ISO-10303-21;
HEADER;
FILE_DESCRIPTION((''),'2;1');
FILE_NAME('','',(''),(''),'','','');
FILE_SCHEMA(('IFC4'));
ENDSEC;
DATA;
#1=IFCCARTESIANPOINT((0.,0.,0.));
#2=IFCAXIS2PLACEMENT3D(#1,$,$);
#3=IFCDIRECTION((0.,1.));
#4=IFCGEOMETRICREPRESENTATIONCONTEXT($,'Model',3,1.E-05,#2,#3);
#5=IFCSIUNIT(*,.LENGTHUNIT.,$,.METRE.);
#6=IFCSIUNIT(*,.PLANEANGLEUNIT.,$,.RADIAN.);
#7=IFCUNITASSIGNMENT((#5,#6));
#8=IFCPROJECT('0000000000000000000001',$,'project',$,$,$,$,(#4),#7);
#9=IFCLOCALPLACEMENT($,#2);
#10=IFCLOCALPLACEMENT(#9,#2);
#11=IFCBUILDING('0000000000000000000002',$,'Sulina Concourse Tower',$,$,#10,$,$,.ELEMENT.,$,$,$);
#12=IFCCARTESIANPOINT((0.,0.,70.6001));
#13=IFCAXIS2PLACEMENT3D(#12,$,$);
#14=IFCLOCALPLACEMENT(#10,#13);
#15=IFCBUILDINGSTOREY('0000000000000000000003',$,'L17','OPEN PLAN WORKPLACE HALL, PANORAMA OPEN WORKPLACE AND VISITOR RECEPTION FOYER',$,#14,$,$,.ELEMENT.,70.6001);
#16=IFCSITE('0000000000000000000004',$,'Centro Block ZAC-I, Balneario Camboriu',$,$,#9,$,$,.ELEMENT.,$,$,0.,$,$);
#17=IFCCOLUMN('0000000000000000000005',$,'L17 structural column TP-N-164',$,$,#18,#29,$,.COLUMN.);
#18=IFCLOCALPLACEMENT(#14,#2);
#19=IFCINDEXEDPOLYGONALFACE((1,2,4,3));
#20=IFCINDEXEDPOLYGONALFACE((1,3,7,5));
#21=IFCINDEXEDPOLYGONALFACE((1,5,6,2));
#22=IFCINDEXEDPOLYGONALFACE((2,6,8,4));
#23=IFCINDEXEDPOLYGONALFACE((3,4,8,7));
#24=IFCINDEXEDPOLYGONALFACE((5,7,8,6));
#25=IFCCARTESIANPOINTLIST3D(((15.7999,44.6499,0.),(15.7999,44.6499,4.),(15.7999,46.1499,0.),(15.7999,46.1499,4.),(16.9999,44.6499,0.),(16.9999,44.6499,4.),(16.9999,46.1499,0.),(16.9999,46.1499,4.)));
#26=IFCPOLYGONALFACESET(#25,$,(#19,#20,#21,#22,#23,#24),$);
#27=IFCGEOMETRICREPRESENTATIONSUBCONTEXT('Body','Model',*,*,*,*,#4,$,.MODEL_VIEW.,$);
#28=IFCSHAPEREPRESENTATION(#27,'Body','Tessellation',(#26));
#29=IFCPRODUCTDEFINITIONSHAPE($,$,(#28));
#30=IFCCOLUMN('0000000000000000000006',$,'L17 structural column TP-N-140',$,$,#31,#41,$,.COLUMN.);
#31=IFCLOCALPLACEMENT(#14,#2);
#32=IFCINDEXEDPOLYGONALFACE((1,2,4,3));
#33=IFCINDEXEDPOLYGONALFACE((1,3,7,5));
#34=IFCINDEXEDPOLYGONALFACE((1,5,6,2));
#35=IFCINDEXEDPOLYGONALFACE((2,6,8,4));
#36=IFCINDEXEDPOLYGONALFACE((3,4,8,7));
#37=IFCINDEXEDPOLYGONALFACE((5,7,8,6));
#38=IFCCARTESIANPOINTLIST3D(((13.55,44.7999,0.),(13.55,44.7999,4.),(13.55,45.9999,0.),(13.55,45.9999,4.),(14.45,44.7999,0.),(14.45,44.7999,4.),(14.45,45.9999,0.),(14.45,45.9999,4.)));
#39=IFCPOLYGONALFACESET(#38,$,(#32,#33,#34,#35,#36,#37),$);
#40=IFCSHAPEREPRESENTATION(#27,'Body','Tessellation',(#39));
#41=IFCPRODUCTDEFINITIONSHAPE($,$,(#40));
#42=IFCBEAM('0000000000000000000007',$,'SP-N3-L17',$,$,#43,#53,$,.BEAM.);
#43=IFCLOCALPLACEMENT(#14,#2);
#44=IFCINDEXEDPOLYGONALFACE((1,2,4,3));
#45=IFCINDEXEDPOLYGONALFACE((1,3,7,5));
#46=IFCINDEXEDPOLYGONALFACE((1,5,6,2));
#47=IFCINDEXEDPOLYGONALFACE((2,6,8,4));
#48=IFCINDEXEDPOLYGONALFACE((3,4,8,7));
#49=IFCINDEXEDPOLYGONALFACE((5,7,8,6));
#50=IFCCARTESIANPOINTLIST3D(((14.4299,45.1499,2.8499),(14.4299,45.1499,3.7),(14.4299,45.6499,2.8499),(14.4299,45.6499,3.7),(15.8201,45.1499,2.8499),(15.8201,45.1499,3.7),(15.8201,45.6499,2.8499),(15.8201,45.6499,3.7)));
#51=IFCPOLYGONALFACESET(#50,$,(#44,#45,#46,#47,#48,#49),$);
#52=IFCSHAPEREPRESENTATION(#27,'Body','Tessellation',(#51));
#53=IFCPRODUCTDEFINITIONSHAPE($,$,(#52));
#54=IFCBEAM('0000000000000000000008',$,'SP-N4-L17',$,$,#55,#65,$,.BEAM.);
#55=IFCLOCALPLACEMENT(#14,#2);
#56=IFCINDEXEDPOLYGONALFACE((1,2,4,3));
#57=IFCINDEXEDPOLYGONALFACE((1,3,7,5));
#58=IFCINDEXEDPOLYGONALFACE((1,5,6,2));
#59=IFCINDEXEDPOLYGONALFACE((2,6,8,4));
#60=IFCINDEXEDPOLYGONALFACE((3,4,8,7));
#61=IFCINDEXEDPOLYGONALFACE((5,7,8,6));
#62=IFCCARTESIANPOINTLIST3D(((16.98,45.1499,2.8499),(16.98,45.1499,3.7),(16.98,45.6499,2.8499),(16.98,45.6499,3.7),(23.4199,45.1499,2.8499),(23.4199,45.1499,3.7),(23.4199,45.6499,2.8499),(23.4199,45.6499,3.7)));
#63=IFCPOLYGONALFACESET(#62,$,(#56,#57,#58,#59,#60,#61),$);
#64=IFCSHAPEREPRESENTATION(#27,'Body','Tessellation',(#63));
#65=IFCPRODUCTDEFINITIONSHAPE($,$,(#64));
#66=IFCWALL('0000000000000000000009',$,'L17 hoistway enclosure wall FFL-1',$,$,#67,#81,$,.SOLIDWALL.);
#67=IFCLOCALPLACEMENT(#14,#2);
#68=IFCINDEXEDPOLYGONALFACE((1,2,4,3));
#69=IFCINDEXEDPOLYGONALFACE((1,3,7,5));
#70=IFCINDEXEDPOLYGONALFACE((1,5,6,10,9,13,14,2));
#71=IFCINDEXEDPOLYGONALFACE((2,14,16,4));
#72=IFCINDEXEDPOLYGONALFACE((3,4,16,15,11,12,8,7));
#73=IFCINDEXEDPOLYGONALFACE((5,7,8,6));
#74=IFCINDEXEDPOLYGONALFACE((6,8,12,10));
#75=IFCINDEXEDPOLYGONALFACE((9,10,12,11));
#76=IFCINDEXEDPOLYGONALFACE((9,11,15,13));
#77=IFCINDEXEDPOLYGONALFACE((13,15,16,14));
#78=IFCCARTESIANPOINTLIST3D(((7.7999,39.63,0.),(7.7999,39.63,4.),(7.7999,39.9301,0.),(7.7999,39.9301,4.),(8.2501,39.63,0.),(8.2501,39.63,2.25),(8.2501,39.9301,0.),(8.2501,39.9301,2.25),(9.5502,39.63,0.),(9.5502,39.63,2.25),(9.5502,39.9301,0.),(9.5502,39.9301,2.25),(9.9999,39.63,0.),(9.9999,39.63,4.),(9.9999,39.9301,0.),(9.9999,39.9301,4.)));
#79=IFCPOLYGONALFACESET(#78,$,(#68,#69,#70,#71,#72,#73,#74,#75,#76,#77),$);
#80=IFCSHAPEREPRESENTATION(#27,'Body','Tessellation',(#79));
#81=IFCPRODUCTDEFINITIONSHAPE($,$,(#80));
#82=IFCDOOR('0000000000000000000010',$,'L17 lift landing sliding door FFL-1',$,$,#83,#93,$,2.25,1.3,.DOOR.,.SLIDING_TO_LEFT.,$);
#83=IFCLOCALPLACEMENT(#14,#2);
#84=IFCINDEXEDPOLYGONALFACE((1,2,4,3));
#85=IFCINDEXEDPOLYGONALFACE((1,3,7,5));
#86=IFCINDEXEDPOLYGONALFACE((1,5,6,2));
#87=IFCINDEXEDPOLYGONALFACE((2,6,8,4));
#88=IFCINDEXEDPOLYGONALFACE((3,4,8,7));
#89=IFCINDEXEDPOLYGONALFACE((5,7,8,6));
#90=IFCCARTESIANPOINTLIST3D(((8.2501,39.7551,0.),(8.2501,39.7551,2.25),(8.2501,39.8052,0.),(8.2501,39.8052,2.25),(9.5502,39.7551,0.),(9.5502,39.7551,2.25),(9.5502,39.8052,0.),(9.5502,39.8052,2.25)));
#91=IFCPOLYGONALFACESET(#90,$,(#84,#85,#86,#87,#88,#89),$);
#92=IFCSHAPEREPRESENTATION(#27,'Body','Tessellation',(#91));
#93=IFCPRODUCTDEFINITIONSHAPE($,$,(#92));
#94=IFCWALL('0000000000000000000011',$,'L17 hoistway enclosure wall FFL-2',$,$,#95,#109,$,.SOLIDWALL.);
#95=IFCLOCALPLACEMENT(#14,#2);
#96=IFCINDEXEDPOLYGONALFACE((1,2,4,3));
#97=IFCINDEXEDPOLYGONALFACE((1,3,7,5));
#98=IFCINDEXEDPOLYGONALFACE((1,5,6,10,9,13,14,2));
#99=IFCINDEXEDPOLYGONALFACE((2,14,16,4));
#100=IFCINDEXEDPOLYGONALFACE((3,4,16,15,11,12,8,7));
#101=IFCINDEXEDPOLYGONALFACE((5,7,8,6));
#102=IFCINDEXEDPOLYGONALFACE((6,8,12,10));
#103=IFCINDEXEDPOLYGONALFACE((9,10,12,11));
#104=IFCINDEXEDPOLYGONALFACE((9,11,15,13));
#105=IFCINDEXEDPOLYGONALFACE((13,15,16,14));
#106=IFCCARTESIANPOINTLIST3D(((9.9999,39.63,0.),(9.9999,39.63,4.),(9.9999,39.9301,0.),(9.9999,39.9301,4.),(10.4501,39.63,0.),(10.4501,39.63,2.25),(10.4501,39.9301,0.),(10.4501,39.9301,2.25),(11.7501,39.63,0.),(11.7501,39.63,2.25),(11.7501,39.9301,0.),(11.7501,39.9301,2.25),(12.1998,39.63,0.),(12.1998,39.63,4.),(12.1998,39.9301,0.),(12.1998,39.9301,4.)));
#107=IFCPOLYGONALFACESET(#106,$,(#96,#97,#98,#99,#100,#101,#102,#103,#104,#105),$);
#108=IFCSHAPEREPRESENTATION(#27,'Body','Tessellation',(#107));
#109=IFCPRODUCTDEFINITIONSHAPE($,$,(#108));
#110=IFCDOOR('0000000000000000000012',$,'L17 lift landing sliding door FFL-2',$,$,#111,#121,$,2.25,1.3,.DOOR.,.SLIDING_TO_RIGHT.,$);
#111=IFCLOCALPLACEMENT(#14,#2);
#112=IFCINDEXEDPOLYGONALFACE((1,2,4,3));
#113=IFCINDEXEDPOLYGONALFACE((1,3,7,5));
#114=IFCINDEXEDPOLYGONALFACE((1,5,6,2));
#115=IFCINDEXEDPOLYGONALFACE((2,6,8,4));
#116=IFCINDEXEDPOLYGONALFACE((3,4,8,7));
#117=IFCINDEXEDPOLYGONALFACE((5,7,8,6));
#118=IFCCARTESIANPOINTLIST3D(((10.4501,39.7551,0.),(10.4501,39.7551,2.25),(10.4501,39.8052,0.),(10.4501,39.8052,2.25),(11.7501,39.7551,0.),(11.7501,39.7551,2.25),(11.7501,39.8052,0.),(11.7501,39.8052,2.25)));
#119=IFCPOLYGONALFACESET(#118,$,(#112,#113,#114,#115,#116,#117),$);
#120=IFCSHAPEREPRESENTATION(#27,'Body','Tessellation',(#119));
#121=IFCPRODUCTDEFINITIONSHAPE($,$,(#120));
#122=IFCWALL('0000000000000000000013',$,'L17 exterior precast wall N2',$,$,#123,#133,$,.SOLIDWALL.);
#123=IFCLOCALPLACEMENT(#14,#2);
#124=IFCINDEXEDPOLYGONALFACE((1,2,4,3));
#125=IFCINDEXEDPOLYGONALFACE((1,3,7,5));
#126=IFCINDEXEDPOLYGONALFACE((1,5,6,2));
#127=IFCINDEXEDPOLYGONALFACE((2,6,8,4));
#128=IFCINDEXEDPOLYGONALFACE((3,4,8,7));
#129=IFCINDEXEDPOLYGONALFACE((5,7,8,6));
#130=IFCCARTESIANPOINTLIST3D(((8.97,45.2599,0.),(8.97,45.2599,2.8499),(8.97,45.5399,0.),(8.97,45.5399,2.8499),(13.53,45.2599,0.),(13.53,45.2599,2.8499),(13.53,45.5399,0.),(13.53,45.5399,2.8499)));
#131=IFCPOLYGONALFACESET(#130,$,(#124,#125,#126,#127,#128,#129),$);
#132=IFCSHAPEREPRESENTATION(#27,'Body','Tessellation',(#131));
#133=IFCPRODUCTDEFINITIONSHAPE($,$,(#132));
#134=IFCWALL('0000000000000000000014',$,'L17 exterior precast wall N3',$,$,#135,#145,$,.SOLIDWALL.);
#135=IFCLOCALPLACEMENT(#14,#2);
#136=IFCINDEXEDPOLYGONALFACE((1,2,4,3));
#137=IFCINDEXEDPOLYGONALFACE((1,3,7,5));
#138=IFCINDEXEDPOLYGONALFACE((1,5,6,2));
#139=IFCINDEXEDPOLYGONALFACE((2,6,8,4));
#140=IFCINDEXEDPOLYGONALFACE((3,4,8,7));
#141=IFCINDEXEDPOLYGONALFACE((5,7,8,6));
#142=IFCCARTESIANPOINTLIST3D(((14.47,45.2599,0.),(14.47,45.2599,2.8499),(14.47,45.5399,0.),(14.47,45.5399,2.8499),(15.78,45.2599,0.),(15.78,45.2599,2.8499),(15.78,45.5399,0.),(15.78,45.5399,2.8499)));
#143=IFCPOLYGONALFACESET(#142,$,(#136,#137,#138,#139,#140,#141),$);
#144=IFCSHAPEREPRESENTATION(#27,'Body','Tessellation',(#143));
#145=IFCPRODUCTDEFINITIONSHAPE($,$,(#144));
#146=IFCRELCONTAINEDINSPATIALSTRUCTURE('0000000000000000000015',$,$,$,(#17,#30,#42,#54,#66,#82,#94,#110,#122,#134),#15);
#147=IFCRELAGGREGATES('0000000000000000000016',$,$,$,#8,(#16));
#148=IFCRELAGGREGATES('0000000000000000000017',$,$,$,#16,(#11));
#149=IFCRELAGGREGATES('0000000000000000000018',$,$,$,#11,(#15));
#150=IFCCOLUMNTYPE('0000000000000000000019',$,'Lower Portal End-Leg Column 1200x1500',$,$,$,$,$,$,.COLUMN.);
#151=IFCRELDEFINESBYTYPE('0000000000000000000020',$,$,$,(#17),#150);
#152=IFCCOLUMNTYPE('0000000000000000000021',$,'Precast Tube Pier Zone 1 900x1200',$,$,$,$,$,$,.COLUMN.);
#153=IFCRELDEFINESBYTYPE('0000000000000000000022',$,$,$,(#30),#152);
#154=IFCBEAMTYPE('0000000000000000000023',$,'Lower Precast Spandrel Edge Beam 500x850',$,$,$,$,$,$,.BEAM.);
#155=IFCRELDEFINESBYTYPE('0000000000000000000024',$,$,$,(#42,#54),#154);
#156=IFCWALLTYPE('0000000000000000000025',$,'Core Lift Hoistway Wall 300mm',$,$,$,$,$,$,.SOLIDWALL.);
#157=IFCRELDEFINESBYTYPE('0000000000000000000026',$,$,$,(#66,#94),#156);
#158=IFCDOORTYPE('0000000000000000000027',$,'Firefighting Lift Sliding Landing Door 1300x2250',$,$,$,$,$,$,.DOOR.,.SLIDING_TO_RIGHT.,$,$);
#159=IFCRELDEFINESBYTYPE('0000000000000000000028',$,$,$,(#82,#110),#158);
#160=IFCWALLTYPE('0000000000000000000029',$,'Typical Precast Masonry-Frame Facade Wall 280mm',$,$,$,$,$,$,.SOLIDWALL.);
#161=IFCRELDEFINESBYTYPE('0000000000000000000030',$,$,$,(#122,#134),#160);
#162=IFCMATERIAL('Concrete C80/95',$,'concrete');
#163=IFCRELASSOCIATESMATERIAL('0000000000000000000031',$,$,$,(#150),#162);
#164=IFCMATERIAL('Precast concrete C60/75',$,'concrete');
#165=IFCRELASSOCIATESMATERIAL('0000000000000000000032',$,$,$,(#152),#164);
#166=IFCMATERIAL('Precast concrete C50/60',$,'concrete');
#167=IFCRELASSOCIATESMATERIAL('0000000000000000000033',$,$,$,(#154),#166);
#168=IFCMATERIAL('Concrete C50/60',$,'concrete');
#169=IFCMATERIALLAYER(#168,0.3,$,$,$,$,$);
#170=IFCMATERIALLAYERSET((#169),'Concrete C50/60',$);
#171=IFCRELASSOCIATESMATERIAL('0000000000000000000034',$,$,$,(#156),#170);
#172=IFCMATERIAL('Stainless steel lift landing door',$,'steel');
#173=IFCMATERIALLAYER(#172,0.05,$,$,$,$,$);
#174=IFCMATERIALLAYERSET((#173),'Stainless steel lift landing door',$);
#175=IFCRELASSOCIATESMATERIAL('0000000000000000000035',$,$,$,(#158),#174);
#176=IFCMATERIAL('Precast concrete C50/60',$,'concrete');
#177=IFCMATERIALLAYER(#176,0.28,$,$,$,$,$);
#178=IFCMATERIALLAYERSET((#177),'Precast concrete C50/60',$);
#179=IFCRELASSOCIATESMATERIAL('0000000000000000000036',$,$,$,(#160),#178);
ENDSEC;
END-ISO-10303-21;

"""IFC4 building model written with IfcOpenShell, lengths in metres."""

from ifc_helpers import new_model, si_unit, direction, frame, frame_2d, origin, origin_2d, place, context, subcontext, project, spatial, rectangle, extrude, material, layer, layer_set, material_profile, profile_set, type_object, element, fill, save


model = new_model("IFC4")

# Units and contexts
model_context = context("Model", 3, precision=1e-05, world=origin(), true_north=direction((0.0, 1.0)))
body_context = subcontext(model_context, "Body", "Model", "MODEL_VIEW")
ifc_project = project(units=[si_unit("LENGTHUNIT", "METRE"), si_unit("PLANEANGLEUNIT", "RADIAN")], contexts=[model_context])

# Site, building, storey
site_placement = place(None, origin())
site = spatial("IfcSite", under=ifc_project, at=site_placement, Name="Centro Block ZAC-I, Balneario Camboriu", CompositionType="ELEMENT", RefElevation=0.0)
building_placement = place(site_placement, origin())
building = spatial("IfcBuilding", under=site, at=building_placement, Name="Sulina Concourse Tower", CompositionType="ELEMENT")
storey_placement = place(building_placement, frame((0.0, 0.0, 70.6001)))
storey = spatial("IfcBuildingStorey", under=building, at=storey_placement, Name="L17", Description="OPEN PLAN WORKPLACE HALL, PANORAMA OPEN WORKPLACE AND VISITOR RECEPTION FOYER", CompositionType="ELEMENT", Elevation=70.6001)

# Columns
ifc_material_1 = material(Name="Concrete C80/95", Category="concrete")
ifc_material_profile_1 = material_profile(ifc_material_1, rectangle(XDim=1.2, YDim=1.5, at=origin_2d()), Name="RC 1200x1500")
ifc_profile_set_1 = profile_set([ifc_material_profile_1], Name="Concrete C80/95")
column_type_1 = type_object("IfcColumnType", Name="Lower Portal End-Leg Column 1200x1500", PredefinedType="COLUMN", material=ifc_profile_set_1)
column_1_placement = place(storey_placement, frame((16.3999, 45.3999, 0.0), z_axis=(0.0, 0.0, 1.0), x_axis=(1.0, 0.0, 0.0)))
element("IfcColumn", 1, at=column_1_placement, inside=storey, type_object=column_type_1, Name="L17 structural column TP-N-164", PredefinedType="COLUMN", context=body_context, shape_type="SweptSolid", body=[
    extrude(rectangle(XDim=1.2, YDim=1.5, at=origin_2d()), origin(), (0.0, 0.0, 1.0), 4.0),
])
ifc_material_2 = material(Name="Precast concrete C60/75", Category="concrete")
ifc_material_profile_2 = material_profile(ifc_material_2, rectangle(XDim=0.8999, YDim=1.2, at=origin_2d()), Name="PC 900x1200")
ifc_profile_set_2 = profile_set([ifc_material_profile_2], Name="Precast concrete C60/75")
column_type_2 = type_object("IfcColumnType", Name="Precast Tube Pier Zone 1 900x1200", PredefinedType="COLUMN", material=ifc_profile_set_2)
column_2_placement = place(storey_placement, frame((14.0, 45.3999, 0.0), z_axis=(0.0, 0.0, 1.0), x_axis=(1.0, 0.0, 0.0)))
element("IfcColumn", 2, at=column_2_placement, inside=storey, type_object=column_type_2, Name="L17 structural column TP-N-140", PredefinedType="COLUMN", context=body_context, shape_type="SweptSolid", body=[
    extrude(rectangle(XDim=0.8999, YDim=1.2, at=origin_2d()), origin(), (0.0, 0.0, 1.0), 4.0),
])

# Beams
ifc_material_3 = material(Name="Precast concrete C50/60", Category="concrete")
ifc_material_profile_3 = material_profile(ifc_material_3, rectangle(XDim=0.5, YDim=0.8501, at=origin_2d()), Name="RC 500x850")
ifc_profile_set_3 = profile_set([ifc_material_profile_3], Name="Precast concrete C50/60")
beam_type = type_object("IfcBeamType", Name="Lower Precast Spandrel Edge Beam 500x850", PredefinedType="BEAM", material=ifc_profile_set_3)
beam_1_placement = place(storey_placement, frame((14.4299, 45.3999, 3.2749), z_axis=(1.0, 0.0, 0.0), x_axis=(0.0, 1.0, 0.0)))
element("IfcBeam", 3, at=beam_1_placement, inside=storey, type_object=beam_type, Name="SP-N3-L17", PredefinedType="BEAM", context=body_context, shape_type="SweptSolid", body=[
    extrude(rectangle(XDim=0.5, YDim=0.8501, at=origin_2d()), origin(), (0.0, 0.0, 1.0), 1.3901),
])
beam_2_placement = place(storey_placement, frame((16.98, 45.3999, 3.2749), z_axis=(1.0, 0.0, 0.0), x_axis=(0.0, 1.0, 0.0)))
element("IfcBeam", 4, at=beam_2_placement, inside=storey, type_object=beam_type, Name="SP-N4-L17", PredefinedType="BEAM", context=body_context, shape_type="SweptSolid", body=[
    extrude(rectangle(XDim=0.5, YDim=0.8501, at=origin_2d()), origin(), (0.0, 0.0, 1.0), 6.4399),
])

# Walls, openings, doors
ifc_material_4 = material(Name="Concrete C50/60", Category="concrete")
ifc_layer_1 = layer(ifc_material_4, 0.3)
ifc_layer_set_1 = layer_set([ifc_layer_1], Name="Concrete C50/60")
wall_type_1 = type_object("IfcWallType", Name="Core Lift Hoistway Wall 300mm", PredefinedType="SOLIDWALL", material=ifc_layer_set_1)
wall_1_placement = place(storey_placement, frame((10.0, 39.78, 0.0), z_axis=(0.0, 0.0, 1.0), x_axis=(-1.0, 0.0, 0.0)))
wall_1 = element("IfcWall", 5, at=wall_1_placement, inside=storey, type_object=wall_type_1, Name="L17 hoistway enclosure wall FFL-1", PredefinedType="SOLIDWALL", context=body_context, shape_type="SweptSolid", body=[
    extrude(rectangle(XDim=2.2, YDim=0.3, at=frame_2d((1.1001, 0.0))), origin(), (0.0, 0.0, 1.0), 4.0),
])
opening_1_placement = place(wall_1_placement, frame((0.45, 0.0, 0.0)))
opening_1 = element("IfcOpeningElement", 6, at=opening_1_placement, cuts=wall_1, PredefinedType="OPENING", context=body_context, shape_type="SweptSolid", body=[
    extrude(rectangle(XDim=1.3, YDim=2.25, at=frame_2d((0.6499, 1.125))), frame((0.0, 0.1599, 0.0), z_axis=(0.0, -1.0, 0.0), x_axis=(1.0, 0.0, 0.0)), (0.0, 0.0, 1.0), 0.3201),
])
ifc_material_5 = material(Name="Stainless steel lift landing door", Category="steel")
ifc_layer_2 = layer(ifc_material_5, 0.05)
ifc_layer_set_2 = layer_set([ifc_layer_2], Name="Stainless steel lift landing door")
door_type = type_object("IfcDoorType", Name="Firefighting Lift Sliding Landing Door 1300x2250", OperationType="SLIDING_TO_RIGHT", PredefinedType="DOOR", material=ifc_layer_set_2)
door_1_placement = place(opening_1_placement, origin())
door_1 = element("IfcDoor", 7, at=door_1_placement, inside=storey, type_object=door_type, Name="L17 lift landing sliding door FFL-1", OperationType="SLIDING_TO_LEFT", OverallHeight=2.25, OverallWidth=1.3, PredefinedType="DOOR", context=body_context, shape_type="SweptSolid", body=[
    extrude(rectangle(XDim=1.3, YDim=2.25, at=frame_2d((0.6499, 1.125))), frame((0.0, 0.0249, 0.0), z_axis=(0.0, -1.0, 0.0), x_axis=(1.0, 0.0, 0.0)), (0.0, 0.0, 1.0), 0.05),
])
fill(opening_1, door_1)
wall_2_placement = place(storey_placement, frame((12.2, 39.78, 0.0), z_axis=(0.0, 0.0, 1.0), x_axis=(-1.0, 0.0, 0.0)))
wall_2 = element("IfcWall", 8, at=wall_2_placement, inside=storey, type_object=wall_type_1, Name="L17 hoistway enclosure wall FFL-2", PredefinedType="SOLIDWALL", context=body_context, shape_type="SweptSolid", body=[
    extrude(rectangle(XDim=2.2, YDim=0.3, at=frame_2d((1.1001, 0.0))), origin(), (0.0, 0.0, 1.0), 4.0),
])
opening_2_placement = place(wall_2_placement, frame((0.45, 0.0, 0.0)))
opening_2 = element("IfcOpeningElement", 9, at=opening_2_placement, cuts=wall_2, PredefinedType="OPENING", context=body_context, shape_type="SweptSolid", body=[
    extrude(rectangle(XDim=1.3, YDim=2.25, at=frame_2d((0.6499, 1.125))), frame((0.0, 0.1599, 0.0), z_axis=(0.0, -1.0, 0.0), x_axis=(1.0, 0.0, 0.0)), (0.0, 0.0, 1.0), 0.3201),
])
door_2_placement = place(opening_2_placement, origin())
door_2 = element("IfcDoor", 10, at=door_2_placement, inside=storey, type_object=door_type, Name="L17 lift landing sliding door FFL-2", OperationType="SLIDING_TO_RIGHT", OverallHeight=2.25, OverallWidth=1.3, PredefinedType="DOOR", context=body_context, shape_type="SweptSolid", body=[
    extrude(rectangle(XDim=1.3, YDim=2.25, at=frame_2d((0.6499, 1.125))), frame((0.0, 0.0249, 0.0), z_axis=(0.0, -1.0, 0.0), x_axis=(1.0, 0.0, 0.0)), (0.0, 0.0, 1.0), 0.05),
])
fill(opening_2, door_2)

# Walls
ifc_material_6 = material(Name="Precast concrete C50/60", Category="concrete")
ifc_layer_3 = layer(ifc_material_6, 0.28)
ifc_layer_set_3 = layer_set([ifc_layer_3], Name="Precast concrete C50/60")
wall_type_2 = type_object("IfcWallType", Name="Typical Precast Masonry-Frame Facade Wall 280mm", PredefinedType="SOLIDWALL", material=ifc_layer_set_3)
wall_3_placement = place(storey_placement, frame((8.97, 45.3999, 0.0), z_axis=(0.0, 0.0, 1.0), x_axis=(1.0, 0.0, 0.0)))
element("IfcWall", 11, at=wall_3_placement, inside=storey, type_object=wall_type_2, Name="L17 exterior precast wall N2", PredefinedType="SOLIDWALL", context=body_context, shape_type="SweptSolid", body=[
    extrude(rectangle(XDim=4.5601, YDim=0.28, at=frame_2d((2.28, 0.0))), origin(), (0.0, 0.0, 1.0), 2.8499),
])
wall_4_placement = place(storey_placement, frame((14.47, 45.3999, 0.0), z_axis=(0.0, 0.0, 1.0), x_axis=(1.0, 0.0, 0.0)))
element("IfcWall", 12, at=wall_4_placement, inside=storey, type_object=wall_type_2, Name="L17 exterior precast wall N3", PredefinedType="SOLIDWALL", context=body_context, shape_type="SweptSolid", body=[
    extrude(rectangle(XDim=1.3101, YDim=0.28, at=frame_2d((0.655, 0.0))), origin(), (0.0, 0.0, 1.0), 2.8499),
])

save(model, "model.ifc")
